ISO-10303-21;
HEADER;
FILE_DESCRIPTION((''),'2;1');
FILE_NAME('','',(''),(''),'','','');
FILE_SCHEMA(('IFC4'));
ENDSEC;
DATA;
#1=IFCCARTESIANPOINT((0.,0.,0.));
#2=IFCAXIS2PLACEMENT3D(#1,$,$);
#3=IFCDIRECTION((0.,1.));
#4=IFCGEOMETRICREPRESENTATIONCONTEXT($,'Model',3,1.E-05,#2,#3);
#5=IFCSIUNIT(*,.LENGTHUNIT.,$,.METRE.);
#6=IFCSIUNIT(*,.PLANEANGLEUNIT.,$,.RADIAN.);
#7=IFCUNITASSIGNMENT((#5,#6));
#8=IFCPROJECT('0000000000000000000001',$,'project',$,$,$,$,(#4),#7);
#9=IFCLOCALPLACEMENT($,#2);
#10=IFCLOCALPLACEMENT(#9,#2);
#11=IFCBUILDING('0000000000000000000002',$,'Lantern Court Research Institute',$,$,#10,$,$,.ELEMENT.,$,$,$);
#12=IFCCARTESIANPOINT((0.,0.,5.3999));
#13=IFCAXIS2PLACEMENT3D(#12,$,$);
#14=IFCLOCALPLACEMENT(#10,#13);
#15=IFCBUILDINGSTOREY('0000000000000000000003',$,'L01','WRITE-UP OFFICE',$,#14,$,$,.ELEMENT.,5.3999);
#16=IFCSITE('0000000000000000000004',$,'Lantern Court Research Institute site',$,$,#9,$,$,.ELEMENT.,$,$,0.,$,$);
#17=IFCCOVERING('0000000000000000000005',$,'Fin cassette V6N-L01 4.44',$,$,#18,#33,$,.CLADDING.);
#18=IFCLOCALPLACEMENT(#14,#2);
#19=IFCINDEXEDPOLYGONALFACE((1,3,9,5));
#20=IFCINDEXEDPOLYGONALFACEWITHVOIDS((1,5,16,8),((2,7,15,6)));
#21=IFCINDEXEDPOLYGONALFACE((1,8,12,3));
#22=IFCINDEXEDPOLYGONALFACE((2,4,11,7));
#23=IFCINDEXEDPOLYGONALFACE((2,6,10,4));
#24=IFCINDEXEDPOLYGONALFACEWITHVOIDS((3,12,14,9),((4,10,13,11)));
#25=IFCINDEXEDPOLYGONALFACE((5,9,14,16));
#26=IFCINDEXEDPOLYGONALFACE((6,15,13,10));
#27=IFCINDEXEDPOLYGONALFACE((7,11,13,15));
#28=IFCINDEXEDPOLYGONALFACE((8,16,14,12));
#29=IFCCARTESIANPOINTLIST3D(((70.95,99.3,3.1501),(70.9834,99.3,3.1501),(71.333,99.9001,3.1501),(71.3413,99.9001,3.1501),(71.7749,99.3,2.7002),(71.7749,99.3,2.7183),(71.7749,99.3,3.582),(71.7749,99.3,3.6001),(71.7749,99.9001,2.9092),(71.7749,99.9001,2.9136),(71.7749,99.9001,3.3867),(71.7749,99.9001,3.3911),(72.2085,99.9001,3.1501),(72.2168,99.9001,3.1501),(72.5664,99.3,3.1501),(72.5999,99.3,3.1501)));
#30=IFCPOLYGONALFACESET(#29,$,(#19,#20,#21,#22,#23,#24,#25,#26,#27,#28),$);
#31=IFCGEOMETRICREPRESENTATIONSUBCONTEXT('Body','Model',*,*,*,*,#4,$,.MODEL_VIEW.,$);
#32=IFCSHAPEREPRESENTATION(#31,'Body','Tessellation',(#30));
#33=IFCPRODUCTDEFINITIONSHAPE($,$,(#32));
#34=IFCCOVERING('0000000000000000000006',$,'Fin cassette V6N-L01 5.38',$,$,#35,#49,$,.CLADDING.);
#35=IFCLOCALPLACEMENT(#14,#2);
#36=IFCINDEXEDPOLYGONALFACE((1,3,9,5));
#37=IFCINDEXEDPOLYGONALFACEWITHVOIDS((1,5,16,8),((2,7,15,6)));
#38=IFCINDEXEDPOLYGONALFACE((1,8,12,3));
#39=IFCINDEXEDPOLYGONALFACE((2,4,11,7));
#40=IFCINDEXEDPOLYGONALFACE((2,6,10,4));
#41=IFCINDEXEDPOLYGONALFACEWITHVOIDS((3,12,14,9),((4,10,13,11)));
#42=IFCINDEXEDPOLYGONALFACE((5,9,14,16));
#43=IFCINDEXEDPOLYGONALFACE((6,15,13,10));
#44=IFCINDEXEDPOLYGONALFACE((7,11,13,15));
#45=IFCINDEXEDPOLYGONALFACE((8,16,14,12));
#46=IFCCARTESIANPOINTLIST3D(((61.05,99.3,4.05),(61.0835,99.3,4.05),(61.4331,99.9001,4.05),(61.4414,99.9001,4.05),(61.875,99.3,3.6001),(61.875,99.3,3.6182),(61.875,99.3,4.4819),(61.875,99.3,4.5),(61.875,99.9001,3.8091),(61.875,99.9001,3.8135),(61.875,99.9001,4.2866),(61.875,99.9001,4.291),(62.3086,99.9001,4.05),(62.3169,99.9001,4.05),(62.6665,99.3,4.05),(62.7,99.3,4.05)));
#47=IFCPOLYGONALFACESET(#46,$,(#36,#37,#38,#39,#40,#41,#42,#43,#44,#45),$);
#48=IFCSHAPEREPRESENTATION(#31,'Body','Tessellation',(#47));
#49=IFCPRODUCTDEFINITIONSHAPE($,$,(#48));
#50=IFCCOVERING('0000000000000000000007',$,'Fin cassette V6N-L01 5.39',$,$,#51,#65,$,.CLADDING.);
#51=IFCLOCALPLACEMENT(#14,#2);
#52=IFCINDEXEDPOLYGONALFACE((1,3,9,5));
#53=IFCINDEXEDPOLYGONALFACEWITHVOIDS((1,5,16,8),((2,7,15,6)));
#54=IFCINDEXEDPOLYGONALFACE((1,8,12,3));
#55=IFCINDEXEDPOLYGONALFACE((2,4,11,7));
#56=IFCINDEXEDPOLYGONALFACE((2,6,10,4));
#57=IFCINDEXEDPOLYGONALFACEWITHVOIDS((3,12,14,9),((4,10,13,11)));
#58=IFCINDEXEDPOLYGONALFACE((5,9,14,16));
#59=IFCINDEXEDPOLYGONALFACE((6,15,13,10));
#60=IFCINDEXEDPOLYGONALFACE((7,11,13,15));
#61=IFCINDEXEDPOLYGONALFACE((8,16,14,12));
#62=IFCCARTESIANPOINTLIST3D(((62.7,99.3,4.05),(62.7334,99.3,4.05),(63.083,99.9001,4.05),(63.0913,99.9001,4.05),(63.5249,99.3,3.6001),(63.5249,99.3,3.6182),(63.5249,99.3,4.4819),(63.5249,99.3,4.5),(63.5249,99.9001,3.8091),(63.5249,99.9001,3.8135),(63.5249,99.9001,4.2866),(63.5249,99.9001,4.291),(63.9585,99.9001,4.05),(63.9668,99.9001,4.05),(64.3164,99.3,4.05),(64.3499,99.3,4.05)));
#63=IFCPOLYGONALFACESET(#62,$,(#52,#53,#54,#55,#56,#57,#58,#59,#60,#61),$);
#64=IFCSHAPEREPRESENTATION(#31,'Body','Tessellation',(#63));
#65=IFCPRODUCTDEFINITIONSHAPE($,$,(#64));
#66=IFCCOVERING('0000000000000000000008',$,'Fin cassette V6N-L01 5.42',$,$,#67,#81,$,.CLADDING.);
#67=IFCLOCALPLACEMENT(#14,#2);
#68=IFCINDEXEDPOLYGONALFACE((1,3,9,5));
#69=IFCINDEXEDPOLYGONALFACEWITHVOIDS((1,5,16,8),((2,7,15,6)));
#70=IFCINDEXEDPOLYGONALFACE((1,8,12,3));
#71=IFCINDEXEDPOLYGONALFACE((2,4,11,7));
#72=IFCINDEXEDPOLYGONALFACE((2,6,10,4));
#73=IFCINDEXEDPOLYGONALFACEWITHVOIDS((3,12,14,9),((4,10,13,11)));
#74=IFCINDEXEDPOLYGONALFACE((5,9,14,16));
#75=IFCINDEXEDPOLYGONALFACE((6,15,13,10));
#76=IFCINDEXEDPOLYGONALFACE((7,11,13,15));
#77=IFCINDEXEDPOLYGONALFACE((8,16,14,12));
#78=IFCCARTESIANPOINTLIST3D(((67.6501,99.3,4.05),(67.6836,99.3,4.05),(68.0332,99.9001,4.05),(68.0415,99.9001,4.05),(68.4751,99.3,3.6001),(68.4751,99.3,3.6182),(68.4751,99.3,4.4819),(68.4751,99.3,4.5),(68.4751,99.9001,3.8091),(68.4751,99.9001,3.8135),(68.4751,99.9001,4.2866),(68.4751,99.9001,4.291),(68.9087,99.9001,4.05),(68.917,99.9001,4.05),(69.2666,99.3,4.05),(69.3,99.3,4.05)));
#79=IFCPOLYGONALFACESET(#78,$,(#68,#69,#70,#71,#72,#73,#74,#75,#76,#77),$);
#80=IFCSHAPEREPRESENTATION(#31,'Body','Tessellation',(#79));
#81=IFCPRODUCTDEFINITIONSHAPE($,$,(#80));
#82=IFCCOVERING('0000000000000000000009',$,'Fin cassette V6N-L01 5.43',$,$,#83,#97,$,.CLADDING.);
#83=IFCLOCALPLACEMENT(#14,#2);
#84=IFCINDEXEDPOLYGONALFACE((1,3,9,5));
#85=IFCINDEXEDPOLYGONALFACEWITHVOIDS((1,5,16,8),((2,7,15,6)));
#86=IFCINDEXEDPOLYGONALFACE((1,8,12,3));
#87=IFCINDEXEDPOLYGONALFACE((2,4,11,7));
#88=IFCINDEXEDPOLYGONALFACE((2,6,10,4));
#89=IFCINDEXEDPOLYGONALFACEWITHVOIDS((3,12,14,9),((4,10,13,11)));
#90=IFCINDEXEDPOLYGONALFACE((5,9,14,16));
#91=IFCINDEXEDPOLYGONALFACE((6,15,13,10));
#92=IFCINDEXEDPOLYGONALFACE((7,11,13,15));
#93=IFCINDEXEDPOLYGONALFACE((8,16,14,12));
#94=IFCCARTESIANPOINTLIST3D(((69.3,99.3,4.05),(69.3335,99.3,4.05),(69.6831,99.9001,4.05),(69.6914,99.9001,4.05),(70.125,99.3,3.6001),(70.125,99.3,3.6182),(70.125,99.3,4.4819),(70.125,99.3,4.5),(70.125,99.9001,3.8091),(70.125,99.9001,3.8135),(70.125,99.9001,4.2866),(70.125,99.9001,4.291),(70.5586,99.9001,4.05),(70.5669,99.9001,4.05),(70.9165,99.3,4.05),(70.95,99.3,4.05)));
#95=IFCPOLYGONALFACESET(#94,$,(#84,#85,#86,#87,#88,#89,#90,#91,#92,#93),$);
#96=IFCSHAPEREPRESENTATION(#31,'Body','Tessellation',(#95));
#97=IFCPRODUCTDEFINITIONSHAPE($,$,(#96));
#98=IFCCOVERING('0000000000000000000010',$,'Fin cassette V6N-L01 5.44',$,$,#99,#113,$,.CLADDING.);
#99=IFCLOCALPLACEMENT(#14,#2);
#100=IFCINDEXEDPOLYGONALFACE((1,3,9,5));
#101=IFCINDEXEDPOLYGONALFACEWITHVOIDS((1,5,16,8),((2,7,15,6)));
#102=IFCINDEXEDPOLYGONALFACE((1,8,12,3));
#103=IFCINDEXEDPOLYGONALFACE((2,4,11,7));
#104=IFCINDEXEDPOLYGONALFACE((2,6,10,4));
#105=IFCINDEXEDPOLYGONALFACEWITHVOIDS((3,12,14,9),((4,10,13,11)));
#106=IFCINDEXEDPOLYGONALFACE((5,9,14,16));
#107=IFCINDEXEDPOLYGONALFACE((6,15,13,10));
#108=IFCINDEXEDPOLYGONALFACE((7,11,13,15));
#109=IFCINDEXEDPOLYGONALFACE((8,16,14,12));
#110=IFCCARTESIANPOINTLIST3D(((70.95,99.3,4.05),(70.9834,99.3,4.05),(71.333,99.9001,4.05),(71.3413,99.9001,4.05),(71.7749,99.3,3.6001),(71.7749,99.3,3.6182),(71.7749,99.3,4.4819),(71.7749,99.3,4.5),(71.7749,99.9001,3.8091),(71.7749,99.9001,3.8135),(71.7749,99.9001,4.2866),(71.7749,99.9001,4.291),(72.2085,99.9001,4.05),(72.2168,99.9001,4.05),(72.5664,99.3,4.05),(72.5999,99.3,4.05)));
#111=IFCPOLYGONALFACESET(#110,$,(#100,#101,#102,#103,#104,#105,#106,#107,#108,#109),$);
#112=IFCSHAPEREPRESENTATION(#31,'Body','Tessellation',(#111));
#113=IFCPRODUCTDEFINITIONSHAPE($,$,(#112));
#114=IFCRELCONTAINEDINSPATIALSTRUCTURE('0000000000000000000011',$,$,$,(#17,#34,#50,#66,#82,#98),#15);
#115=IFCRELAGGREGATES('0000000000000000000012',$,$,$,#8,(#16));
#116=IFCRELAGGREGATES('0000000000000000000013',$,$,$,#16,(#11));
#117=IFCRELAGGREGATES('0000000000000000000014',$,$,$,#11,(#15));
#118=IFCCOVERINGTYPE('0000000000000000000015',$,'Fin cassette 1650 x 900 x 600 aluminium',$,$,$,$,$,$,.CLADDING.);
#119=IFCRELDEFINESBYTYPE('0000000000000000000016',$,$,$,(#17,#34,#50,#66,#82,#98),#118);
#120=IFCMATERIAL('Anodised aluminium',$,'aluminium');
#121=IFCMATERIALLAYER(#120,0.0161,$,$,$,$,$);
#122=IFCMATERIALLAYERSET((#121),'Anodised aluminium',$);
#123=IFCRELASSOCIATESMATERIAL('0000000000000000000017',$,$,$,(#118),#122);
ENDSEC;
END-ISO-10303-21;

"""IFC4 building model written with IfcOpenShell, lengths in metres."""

from ifc_helpers import new_model, entity, si_unit, direction, frame, origin, place, context, subcontext, project, spatial, material, layer, layer_set, type_object, element, save


model = new_model("IFC4")

# Units and contexts
model_context = context("Model", 3, precision=1e-05, world=origin(), true_north=direction((0.0, 1.0)))
body_context = subcontext(model_context, "Body", "Model", "MODEL_VIEW")
ifc_project = project(units=[si_unit("LENGTHUNIT", "METRE"), si_unit("PLANEANGLEUNIT", "RADIAN")], contexts=[model_context])

# Site, building, storey
site_placement = place(None, origin())
site = spatial("IfcSite", under=ifc_project, at=site_placement, Name="Lantern Court Research Institute site", CompositionType="ELEMENT", RefElevation=0.0)
building_placement = place(site_placement, origin())
building = spatial("IfcBuilding", under=site, at=building_placement, Name="Lantern Court Research Institute", CompositionType="ELEMENT")
storey_placement = place(building_placement, frame((0.0, 0.0, 5.3999)))
storey = spatial("IfcBuildingStorey", under=building, at=storey_placement, Name="L01", Description="WRITE-UP OFFICE", CompositionType="ELEMENT", Elevation=5.3999)

# Coverings
ifc_material_1 = material(Name="Anodised aluminium", Category="aluminium")
ifc_layer_1 = layer(ifc_material_1, 0.0161)
ifc_layer_set_1 = layer_set([ifc_layer_1], Name="Anodised aluminium")
covering_type_1 = type_object("IfcCoveringType", Name="Fin cassette 1650 x 900 x 600 aluminium", PredefinedType="CLADDING", material=ifc_layer_set_1)
covering_1_placement = place(storey_placement, frame((71.7749, 99.3, 3.1501), z_axis=(0.0, 1.0, 0.0), x_axis=(-1.0, 0.0, 0.0)))
cartesian_point_1 = entity("IfcCartesianPoint", [0.825, 0.0])
cartesian_point_2 = entity("IfcCartesianPoint", [0.7915, 0.0])
cartesian_point_3 = entity("IfcCartesianPoint", [0.4419, 0.0])
cartesian_point_4 = entity("IfcCartesianPoint", [0.4336, 0.0])
element("IfcCovering", 1, at=covering_1_placement, inside=storey, type_object=covering_type_1, Name="Fin cassette V6N-L01 4.44", PredefinedType="CLADDING", context=body_context, shape_type="SweptSolid", body=[
    entity("IfcExtrudedAreaSolidTapered", entity("IfcArbitraryProfileDefWithVoids", "AREA", None, entity("IfcPolyline", [cartesian_point_1, entity("IfcCartesianPoint", [0.0, 0.45]), entity("IfcCartesianPoint", [-0.825, 0.0]), entity("IfcCartesianPoint", [0.0, -0.45]), cartesian_point_1]), [entity("IfcPolyline", [cartesian_point_2, entity("IfcCartesianPoint", [0.0, 0.4319]), entity("IfcCartesianPoint", [-0.7915, 0.0]), entity("IfcCartesianPoint", [0.0, -0.4319]), cartesian_point_2])]), entity("IfcAxis2Placement3D", entity("IfcCartesianPoint", [0.0, 0.0, 0.0])), entity("IfcDirection", [0.0, 0.0, 1.0]), 0.6001, entity("IfcArbitraryProfileDefWithVoids", "AREA", None, entity("IfcPolyline", [cartesian_point_3, entity("IfcCartesianPoint", [0.0, 0.241]), entity("IfcCartesianPoint", [-0.4419, 0.0]), entity("IfcCartesianPoint", [0.0, -0.241]), cartesian_point_3]), [entity("IfcPolyline", [cartesian_point_4, entity("IfcCartesianPoint", [0.0, 0.2366]), entity("IfcCartesianPoint", [-0.4336, 0.0]), entity("IfcCartesianPoint", [0.0, -0.2366]), cartesian_point_4])])),
])
covering_2_placement = place(storey_placement, frame((61.875, 99.3, 4.05), z_axis=(0.0, 1.0, 0.0), x_axis=(-1.0, 0.0, 0.0)))
cartesian_point_5 = entity("IfcCartesianPoint", [0.825, 0.0])
cartesian_point_6 = entity("IfcCartesianPoint", [0.7915, 0.0])
cartesian_point_7 = entity("IfcCartesianPoint", [0.4419, 0.0])
cartesian_point_8 = entity("IfcCartesianPoint", [0.4336, 0.0])
element("IfcCovering", 2, at=covering_2_placement, inside=storey, type_object=covering_type_1, Name="Fin cassette V6N-L01 5.38", PredefinedType="CLADDING", context=body_context, shape_type="SweptSolid", body=[
    entity("IfcExtrudedAreaSolidTapered", entity("IfcArbitraryProfileDefWithVoids", "AREA", None, entity("IfcPolyline", [cartesian_point_5, entity("IfcCartesianPoint", [0.0, 0.45]), entity("IfcCartesianPoint", [-0.825, 0.0]), entity("IfcCartesianPoint", [0.0, -0.45]), cartesian_point_5]), [entity("IfcPolyline", [cartesian_point_6, entity("IfcCartesianPoint", [0.0, 0.4319]), entity("IfcCartesianPoint", [-0.7915, 0.0]), entity("IfcCartesianPoint", [0.0, -0.4319]), cartesian_point_6])]), entity("IfcAxis2Placement3D", entity("IfcCartesianPoint", [0.0, 0.0, 0.0])), entity("IfcDirection", [0.0, 0.0, 1.0]), 0.6001, entity("IfcArbitraryProfileDefWithVoids", "AREA", None, entity("IfcPolyline", [cartesian_point_7, entity("IfcCartesianPoint", [0.0, 0.241]), entity("IfcCartesianPoint", [-0.4419, 0.0]), entity("IfcCartesianPoint", [0.0, -0.241]), cartesian_point_7]), [entity("IfcPolyline", [cartesian_point_8, entity("IfcCartesianPoint", [0.0, 0.2366]), entity("IfcCartesianPoint", [-0.4336, 0.0]), entity("IfcCartesianPoint", [0.0, -0.2366]), cartesian_point_8])])),
])
covering_3_placement = place(storey_placement, frame((63.5249, 99.3, 4.05), z_axis=(0.0, 1.0, 0.0), x_axis=(-1.0, 0.0, 0.0)))
cartesian_point_9 = entity("IfcCartesianPoint", [0.825, 0.0])
cartesian_point_10 = entity("IfcCartesianPoint", [0.7915, 0.0])
cartesian_point_11 = entity("IfcCartesianPoint", [0.4419, 0.0])
cartesian_point_12 = entity("IfcCartesianPoint", [0.4336, 0.0])
element("IfcCovering", 3, at=covering_3_placement, inside=storey, type_object=covering_type_1, Name="Fin cassette V6N-L01 5.39", PredefinedType="CLADDING", context=body_context, shape_type="SweptSolid", body=[
    entity("IfcExtrudedAreaSolidTapered", entity("IfcArbitraryProfileDefWithVoids", "AREA", None, entity("IfcPolyline", [cartesian_point_9, entity("IfcCartesianPoint", [0.0, 0.45]), entity("IfcCartesianPoint", [-0.825, 0.0]), entity("IfcCartesianPoint", [0.0, -0.45]), cartesian_point_9]), [entity("IfcPolyline", [cartesian_point_10, entity("IfcCartesianPoint", [0.0, 0.4319]), entity("IfcCartesianPoint", [-0.7915, 0.0]), entity("IfcCartesianPoint", [0.0, -0.4319]), cartesian_point_10])]), entity("IfcAxis2Placement3D", entity("IfcCartesianPoint", [0.0, 0.0, 0.0])), entity("IfcDirection", [0.0, 0.0, 1.0]), 0.6001, entity("IfcArbitraryProfileDefWithVoids", "AREA", None, entity("IfcPolyline", [cartesian_point_11, entity("IfcCartesianPoint", [0.0, 0.241]), entity("IfcCartesianPoint", [-0.4419, 0.0]), entity("IfcCartesianPoint", [0.0, -0.241]), cartesian_point_11]), [entity("IfcPolyline", [cartesian_point_12, entity("IfcCartesianPoint", [0.0, 0.2366]), entity("IfcCartesianPoint", [-0.4336, 0.0]), entity("IfcCartesianPoint", [0.0, -0.2366]), cartesian_point_12])])),
])
covering_4_placement = place(storey_placement, frame((68.4751, 99.3, 4.05), z_axis=(0.0, 1.0, 0.0), x_axis=(-1.0, 0.0, 0.0)))
cartesian_point_13 = entity("IfcCartesianPoint", [0.825, 0.0])
cartesian_point_14 = entity("IfcCartesianPoint", [0.7915, 0.0])
cartesian_point_15 = entity("IfcCartesianPoint", [0.4419, 0.0])
cartesian_point_16 = entity("IfcCartesianPoint", [0.4336, 0.0])
element("IfcCovering", 4, at=covering_4_placement, inside=storey, type_object=covering_type_1, Name="Fin cassette V6N-L01 5.42", PredefinedType="CLADDING", context=body_context, shape_type="SweptSolid", body=[
    entity("IfcExtrudedAreaSolidTapered", entity("IfcArbitraryProfileDefWithVoids", "AREA", None, entity("IfcPolyline", [cartesian_point_13, entity("IfcCartesianPoint", [0.0, 0.45]), entity("IfcCartesianPoint", [-0.825, 0.0]), entity("IfcCartesianPoint", [0.0, -0.45]), cartesian_point_13]), [entity("IfcPolyline", [cartesian_point_14, entity("IfcCartesianPoint", [0.0, 0.4319]), entity("IfcCartesianPoint", [-0.7915, 0.0]), entity("IfcCartesianPoint", [0.0, -0.4319]), cartesian_point_14])]), entity("IfcAxis2Placement3D", entity("IfcCartesianPoint", [0.0, 0.0, 0.0])), entity("IfcDirection", [0.0, 0.0, 1.0]), 0.6001, entity("IfcArbitraryProfileDefWithVoids", "AREA", None, entity("IfcPolyline", [cartesian_point_15, entity("IfcCartesianPoint", [0.0, 0.241]), entity("IfcCartesianPoint", [-0.4419, 0.0]), entity("IfcCartesianPoint", [0.0, -0.241]), cartesian_point_15]), [entity("IfcPolyline", [cartesian_point_16, entity("IfcCartesianPoint", [0.0, 0.2366]), entity("IfcCartesianPoint", [-0.4336, 0.0]), entity("IfcCartesianPoint", [0.0, -0.2366]), cartesian_point_16])])),
])
covering_5_placement = place(storey_placement, frame((70.125, 99.3, 4.05), z_axis=(0.0, 1.0, 0.0), x_axis=(-1.0, 0.0, 0.0)))
cartesian_point_17 = entity("IfcCartesianPoint", [0.825, 0.0])
cartesian_point_18 = entity("IfcCartesianPoint", [0.7915, 0.0])
cartesian_point_19 = entity("IfcCartesianPoint", [0.4419, 0.0])
cartesian_point_20 = entity("IfcCartesianPoint", [0.4336, 0.0])
element("IfcCovering", 5, at=covering_5_placement, inside=storey, type_object=covering_type_1, Name="Fin cassette V6N-L01 5.43", PredefinedType="CLADDING", context=body_context, shape_type="SweptSolid", body=[
    entity("IfcExtrudedAreaSolidTapered", entity("IfcArbitraryProfileDefWithVoids", "AREA", None, entity("IfcPolyline", [cartesian_point_17, entity("IfcCartesianPoint", [0.0, 0.45]), entity("IfcCartesianPoint", [-0.825, 0.0]), entity("IfcCartesianPoint", [0.0, -0.45]), cartesian_point_17]), [entity("IfcPolyline", [cartesian_point_18, entity("IfcCartesianPoint", [0.0, 0.4319]), entity("IfcCartesianPoint", [-0.7915, 0.0]), entity("IfcCartesianPoint", [0.0, -0.4319]), cartesian_point_18])]), entity("IfcAxis2Placement3D", entity("IfcCartesianPoint", [0.0, 0.0, 0.0])), entity("IfcDirection", [0.0, 0.0, 1.0]), 0.6001, entity("IfcArbitraryProfileDefWithVoids", "AREA", None, entity("IfcPolyline", [cartesian_point_19, entity("IfcCartesianPoint", [0.0, 0.241]), entity("IfcCartesianPoint", [-0.4419, 0.0]), entity("IfcCartesianPoint", [0.0, -0.241]), cartesian_point_19]), [entity("IfcPolyline", [cartesian_point_20, entity("IfcCartesianPoint", [0.0, 0.2366]), entity("IfcCartesianPoint", [-0.4336, 0.0]), entity("IfcCartesianPoint", [0.0, -0.2366]), cartesian_point_20])])),
])
covering_6_placement = place(storey_placement, frame((71.7749, 99.3, 4.05), z_axis=(0.0, 1.0, 0.0), x_axis=(-1.0, 0.0, 0.0)))
cartesian_point_21 = entity("IfcCartesianPoint", [0.825, 0.0])
cartesian_point_22 = entity("IfcCartesianPoint", [0.7915, 0.0])
cartesian_point_23 = entity("IfcCartesianPoint", [0.4419, 0.0])
cartesian_point_24 = entity("IfcCartesianPoint", [0.4336, 0.0])
element("IfcCovering", 6, at=covering_6_placement, inside=storey, type_object=covering_type_1, Name="Fin cassette V6N-L01 5.44", PredefinedType="CLADDING", context=body_context, shape_type="SweptSolid", body=[
    entity("IfcExtrudedAreaSolidTapered", entity("IfcArbitraryProfileDefWithVoids", "AREA", None, entity("IfcPolyline", [cartesian_point_21, entity("IfcCartesianPoint", [0.0, 0.45]), entity("IfcCartesianPoint", [-0.825, 0.0]), entity("IfcCartesianPoint", [0.0, -0.45]), cartesian_point_21]), [entity("IfcPolyline", [cartesian_point_22, entity("IfcCartesianPoint", [0.0, 0.4319]), entity("IfcCartesianPoint", [-0.7915, 0.0]), entity("IfcCartesianPoint", [0.0, -0.4319]), cartesian_point_22])]), entity("IfcAxis2Placement3D", entity("IfcCartesianPoint", [0.0, 0.0, 0.0])), entity("IfcDirection", [0.0, 0.0, 1.0]), 0.6001, entity("IfcArbitraryProfileDefWithVoids", "AREA", None, entity("IfcPolyline", [cartesian_point_23, entity("IfcCartesianPoint", [0.0, 0.241]), entity("IfcCartesianPoint", [-0.4419, 0.0]), entity("IfcCartesianPoint", [0.0, -0.241]), cartesian_point_23]), [entity("IfcPolyline", [cartesian_point_24, entity("IfcCartesianPoint", [0.0, 0.2366]), entity("IfcCartesianPoint", [-0.4336, 0.0]), entity("IfcCartesianPoint", [0.0, -0.2366]), cartesian_point_24])])),
])

save(model, "model.ifc")
